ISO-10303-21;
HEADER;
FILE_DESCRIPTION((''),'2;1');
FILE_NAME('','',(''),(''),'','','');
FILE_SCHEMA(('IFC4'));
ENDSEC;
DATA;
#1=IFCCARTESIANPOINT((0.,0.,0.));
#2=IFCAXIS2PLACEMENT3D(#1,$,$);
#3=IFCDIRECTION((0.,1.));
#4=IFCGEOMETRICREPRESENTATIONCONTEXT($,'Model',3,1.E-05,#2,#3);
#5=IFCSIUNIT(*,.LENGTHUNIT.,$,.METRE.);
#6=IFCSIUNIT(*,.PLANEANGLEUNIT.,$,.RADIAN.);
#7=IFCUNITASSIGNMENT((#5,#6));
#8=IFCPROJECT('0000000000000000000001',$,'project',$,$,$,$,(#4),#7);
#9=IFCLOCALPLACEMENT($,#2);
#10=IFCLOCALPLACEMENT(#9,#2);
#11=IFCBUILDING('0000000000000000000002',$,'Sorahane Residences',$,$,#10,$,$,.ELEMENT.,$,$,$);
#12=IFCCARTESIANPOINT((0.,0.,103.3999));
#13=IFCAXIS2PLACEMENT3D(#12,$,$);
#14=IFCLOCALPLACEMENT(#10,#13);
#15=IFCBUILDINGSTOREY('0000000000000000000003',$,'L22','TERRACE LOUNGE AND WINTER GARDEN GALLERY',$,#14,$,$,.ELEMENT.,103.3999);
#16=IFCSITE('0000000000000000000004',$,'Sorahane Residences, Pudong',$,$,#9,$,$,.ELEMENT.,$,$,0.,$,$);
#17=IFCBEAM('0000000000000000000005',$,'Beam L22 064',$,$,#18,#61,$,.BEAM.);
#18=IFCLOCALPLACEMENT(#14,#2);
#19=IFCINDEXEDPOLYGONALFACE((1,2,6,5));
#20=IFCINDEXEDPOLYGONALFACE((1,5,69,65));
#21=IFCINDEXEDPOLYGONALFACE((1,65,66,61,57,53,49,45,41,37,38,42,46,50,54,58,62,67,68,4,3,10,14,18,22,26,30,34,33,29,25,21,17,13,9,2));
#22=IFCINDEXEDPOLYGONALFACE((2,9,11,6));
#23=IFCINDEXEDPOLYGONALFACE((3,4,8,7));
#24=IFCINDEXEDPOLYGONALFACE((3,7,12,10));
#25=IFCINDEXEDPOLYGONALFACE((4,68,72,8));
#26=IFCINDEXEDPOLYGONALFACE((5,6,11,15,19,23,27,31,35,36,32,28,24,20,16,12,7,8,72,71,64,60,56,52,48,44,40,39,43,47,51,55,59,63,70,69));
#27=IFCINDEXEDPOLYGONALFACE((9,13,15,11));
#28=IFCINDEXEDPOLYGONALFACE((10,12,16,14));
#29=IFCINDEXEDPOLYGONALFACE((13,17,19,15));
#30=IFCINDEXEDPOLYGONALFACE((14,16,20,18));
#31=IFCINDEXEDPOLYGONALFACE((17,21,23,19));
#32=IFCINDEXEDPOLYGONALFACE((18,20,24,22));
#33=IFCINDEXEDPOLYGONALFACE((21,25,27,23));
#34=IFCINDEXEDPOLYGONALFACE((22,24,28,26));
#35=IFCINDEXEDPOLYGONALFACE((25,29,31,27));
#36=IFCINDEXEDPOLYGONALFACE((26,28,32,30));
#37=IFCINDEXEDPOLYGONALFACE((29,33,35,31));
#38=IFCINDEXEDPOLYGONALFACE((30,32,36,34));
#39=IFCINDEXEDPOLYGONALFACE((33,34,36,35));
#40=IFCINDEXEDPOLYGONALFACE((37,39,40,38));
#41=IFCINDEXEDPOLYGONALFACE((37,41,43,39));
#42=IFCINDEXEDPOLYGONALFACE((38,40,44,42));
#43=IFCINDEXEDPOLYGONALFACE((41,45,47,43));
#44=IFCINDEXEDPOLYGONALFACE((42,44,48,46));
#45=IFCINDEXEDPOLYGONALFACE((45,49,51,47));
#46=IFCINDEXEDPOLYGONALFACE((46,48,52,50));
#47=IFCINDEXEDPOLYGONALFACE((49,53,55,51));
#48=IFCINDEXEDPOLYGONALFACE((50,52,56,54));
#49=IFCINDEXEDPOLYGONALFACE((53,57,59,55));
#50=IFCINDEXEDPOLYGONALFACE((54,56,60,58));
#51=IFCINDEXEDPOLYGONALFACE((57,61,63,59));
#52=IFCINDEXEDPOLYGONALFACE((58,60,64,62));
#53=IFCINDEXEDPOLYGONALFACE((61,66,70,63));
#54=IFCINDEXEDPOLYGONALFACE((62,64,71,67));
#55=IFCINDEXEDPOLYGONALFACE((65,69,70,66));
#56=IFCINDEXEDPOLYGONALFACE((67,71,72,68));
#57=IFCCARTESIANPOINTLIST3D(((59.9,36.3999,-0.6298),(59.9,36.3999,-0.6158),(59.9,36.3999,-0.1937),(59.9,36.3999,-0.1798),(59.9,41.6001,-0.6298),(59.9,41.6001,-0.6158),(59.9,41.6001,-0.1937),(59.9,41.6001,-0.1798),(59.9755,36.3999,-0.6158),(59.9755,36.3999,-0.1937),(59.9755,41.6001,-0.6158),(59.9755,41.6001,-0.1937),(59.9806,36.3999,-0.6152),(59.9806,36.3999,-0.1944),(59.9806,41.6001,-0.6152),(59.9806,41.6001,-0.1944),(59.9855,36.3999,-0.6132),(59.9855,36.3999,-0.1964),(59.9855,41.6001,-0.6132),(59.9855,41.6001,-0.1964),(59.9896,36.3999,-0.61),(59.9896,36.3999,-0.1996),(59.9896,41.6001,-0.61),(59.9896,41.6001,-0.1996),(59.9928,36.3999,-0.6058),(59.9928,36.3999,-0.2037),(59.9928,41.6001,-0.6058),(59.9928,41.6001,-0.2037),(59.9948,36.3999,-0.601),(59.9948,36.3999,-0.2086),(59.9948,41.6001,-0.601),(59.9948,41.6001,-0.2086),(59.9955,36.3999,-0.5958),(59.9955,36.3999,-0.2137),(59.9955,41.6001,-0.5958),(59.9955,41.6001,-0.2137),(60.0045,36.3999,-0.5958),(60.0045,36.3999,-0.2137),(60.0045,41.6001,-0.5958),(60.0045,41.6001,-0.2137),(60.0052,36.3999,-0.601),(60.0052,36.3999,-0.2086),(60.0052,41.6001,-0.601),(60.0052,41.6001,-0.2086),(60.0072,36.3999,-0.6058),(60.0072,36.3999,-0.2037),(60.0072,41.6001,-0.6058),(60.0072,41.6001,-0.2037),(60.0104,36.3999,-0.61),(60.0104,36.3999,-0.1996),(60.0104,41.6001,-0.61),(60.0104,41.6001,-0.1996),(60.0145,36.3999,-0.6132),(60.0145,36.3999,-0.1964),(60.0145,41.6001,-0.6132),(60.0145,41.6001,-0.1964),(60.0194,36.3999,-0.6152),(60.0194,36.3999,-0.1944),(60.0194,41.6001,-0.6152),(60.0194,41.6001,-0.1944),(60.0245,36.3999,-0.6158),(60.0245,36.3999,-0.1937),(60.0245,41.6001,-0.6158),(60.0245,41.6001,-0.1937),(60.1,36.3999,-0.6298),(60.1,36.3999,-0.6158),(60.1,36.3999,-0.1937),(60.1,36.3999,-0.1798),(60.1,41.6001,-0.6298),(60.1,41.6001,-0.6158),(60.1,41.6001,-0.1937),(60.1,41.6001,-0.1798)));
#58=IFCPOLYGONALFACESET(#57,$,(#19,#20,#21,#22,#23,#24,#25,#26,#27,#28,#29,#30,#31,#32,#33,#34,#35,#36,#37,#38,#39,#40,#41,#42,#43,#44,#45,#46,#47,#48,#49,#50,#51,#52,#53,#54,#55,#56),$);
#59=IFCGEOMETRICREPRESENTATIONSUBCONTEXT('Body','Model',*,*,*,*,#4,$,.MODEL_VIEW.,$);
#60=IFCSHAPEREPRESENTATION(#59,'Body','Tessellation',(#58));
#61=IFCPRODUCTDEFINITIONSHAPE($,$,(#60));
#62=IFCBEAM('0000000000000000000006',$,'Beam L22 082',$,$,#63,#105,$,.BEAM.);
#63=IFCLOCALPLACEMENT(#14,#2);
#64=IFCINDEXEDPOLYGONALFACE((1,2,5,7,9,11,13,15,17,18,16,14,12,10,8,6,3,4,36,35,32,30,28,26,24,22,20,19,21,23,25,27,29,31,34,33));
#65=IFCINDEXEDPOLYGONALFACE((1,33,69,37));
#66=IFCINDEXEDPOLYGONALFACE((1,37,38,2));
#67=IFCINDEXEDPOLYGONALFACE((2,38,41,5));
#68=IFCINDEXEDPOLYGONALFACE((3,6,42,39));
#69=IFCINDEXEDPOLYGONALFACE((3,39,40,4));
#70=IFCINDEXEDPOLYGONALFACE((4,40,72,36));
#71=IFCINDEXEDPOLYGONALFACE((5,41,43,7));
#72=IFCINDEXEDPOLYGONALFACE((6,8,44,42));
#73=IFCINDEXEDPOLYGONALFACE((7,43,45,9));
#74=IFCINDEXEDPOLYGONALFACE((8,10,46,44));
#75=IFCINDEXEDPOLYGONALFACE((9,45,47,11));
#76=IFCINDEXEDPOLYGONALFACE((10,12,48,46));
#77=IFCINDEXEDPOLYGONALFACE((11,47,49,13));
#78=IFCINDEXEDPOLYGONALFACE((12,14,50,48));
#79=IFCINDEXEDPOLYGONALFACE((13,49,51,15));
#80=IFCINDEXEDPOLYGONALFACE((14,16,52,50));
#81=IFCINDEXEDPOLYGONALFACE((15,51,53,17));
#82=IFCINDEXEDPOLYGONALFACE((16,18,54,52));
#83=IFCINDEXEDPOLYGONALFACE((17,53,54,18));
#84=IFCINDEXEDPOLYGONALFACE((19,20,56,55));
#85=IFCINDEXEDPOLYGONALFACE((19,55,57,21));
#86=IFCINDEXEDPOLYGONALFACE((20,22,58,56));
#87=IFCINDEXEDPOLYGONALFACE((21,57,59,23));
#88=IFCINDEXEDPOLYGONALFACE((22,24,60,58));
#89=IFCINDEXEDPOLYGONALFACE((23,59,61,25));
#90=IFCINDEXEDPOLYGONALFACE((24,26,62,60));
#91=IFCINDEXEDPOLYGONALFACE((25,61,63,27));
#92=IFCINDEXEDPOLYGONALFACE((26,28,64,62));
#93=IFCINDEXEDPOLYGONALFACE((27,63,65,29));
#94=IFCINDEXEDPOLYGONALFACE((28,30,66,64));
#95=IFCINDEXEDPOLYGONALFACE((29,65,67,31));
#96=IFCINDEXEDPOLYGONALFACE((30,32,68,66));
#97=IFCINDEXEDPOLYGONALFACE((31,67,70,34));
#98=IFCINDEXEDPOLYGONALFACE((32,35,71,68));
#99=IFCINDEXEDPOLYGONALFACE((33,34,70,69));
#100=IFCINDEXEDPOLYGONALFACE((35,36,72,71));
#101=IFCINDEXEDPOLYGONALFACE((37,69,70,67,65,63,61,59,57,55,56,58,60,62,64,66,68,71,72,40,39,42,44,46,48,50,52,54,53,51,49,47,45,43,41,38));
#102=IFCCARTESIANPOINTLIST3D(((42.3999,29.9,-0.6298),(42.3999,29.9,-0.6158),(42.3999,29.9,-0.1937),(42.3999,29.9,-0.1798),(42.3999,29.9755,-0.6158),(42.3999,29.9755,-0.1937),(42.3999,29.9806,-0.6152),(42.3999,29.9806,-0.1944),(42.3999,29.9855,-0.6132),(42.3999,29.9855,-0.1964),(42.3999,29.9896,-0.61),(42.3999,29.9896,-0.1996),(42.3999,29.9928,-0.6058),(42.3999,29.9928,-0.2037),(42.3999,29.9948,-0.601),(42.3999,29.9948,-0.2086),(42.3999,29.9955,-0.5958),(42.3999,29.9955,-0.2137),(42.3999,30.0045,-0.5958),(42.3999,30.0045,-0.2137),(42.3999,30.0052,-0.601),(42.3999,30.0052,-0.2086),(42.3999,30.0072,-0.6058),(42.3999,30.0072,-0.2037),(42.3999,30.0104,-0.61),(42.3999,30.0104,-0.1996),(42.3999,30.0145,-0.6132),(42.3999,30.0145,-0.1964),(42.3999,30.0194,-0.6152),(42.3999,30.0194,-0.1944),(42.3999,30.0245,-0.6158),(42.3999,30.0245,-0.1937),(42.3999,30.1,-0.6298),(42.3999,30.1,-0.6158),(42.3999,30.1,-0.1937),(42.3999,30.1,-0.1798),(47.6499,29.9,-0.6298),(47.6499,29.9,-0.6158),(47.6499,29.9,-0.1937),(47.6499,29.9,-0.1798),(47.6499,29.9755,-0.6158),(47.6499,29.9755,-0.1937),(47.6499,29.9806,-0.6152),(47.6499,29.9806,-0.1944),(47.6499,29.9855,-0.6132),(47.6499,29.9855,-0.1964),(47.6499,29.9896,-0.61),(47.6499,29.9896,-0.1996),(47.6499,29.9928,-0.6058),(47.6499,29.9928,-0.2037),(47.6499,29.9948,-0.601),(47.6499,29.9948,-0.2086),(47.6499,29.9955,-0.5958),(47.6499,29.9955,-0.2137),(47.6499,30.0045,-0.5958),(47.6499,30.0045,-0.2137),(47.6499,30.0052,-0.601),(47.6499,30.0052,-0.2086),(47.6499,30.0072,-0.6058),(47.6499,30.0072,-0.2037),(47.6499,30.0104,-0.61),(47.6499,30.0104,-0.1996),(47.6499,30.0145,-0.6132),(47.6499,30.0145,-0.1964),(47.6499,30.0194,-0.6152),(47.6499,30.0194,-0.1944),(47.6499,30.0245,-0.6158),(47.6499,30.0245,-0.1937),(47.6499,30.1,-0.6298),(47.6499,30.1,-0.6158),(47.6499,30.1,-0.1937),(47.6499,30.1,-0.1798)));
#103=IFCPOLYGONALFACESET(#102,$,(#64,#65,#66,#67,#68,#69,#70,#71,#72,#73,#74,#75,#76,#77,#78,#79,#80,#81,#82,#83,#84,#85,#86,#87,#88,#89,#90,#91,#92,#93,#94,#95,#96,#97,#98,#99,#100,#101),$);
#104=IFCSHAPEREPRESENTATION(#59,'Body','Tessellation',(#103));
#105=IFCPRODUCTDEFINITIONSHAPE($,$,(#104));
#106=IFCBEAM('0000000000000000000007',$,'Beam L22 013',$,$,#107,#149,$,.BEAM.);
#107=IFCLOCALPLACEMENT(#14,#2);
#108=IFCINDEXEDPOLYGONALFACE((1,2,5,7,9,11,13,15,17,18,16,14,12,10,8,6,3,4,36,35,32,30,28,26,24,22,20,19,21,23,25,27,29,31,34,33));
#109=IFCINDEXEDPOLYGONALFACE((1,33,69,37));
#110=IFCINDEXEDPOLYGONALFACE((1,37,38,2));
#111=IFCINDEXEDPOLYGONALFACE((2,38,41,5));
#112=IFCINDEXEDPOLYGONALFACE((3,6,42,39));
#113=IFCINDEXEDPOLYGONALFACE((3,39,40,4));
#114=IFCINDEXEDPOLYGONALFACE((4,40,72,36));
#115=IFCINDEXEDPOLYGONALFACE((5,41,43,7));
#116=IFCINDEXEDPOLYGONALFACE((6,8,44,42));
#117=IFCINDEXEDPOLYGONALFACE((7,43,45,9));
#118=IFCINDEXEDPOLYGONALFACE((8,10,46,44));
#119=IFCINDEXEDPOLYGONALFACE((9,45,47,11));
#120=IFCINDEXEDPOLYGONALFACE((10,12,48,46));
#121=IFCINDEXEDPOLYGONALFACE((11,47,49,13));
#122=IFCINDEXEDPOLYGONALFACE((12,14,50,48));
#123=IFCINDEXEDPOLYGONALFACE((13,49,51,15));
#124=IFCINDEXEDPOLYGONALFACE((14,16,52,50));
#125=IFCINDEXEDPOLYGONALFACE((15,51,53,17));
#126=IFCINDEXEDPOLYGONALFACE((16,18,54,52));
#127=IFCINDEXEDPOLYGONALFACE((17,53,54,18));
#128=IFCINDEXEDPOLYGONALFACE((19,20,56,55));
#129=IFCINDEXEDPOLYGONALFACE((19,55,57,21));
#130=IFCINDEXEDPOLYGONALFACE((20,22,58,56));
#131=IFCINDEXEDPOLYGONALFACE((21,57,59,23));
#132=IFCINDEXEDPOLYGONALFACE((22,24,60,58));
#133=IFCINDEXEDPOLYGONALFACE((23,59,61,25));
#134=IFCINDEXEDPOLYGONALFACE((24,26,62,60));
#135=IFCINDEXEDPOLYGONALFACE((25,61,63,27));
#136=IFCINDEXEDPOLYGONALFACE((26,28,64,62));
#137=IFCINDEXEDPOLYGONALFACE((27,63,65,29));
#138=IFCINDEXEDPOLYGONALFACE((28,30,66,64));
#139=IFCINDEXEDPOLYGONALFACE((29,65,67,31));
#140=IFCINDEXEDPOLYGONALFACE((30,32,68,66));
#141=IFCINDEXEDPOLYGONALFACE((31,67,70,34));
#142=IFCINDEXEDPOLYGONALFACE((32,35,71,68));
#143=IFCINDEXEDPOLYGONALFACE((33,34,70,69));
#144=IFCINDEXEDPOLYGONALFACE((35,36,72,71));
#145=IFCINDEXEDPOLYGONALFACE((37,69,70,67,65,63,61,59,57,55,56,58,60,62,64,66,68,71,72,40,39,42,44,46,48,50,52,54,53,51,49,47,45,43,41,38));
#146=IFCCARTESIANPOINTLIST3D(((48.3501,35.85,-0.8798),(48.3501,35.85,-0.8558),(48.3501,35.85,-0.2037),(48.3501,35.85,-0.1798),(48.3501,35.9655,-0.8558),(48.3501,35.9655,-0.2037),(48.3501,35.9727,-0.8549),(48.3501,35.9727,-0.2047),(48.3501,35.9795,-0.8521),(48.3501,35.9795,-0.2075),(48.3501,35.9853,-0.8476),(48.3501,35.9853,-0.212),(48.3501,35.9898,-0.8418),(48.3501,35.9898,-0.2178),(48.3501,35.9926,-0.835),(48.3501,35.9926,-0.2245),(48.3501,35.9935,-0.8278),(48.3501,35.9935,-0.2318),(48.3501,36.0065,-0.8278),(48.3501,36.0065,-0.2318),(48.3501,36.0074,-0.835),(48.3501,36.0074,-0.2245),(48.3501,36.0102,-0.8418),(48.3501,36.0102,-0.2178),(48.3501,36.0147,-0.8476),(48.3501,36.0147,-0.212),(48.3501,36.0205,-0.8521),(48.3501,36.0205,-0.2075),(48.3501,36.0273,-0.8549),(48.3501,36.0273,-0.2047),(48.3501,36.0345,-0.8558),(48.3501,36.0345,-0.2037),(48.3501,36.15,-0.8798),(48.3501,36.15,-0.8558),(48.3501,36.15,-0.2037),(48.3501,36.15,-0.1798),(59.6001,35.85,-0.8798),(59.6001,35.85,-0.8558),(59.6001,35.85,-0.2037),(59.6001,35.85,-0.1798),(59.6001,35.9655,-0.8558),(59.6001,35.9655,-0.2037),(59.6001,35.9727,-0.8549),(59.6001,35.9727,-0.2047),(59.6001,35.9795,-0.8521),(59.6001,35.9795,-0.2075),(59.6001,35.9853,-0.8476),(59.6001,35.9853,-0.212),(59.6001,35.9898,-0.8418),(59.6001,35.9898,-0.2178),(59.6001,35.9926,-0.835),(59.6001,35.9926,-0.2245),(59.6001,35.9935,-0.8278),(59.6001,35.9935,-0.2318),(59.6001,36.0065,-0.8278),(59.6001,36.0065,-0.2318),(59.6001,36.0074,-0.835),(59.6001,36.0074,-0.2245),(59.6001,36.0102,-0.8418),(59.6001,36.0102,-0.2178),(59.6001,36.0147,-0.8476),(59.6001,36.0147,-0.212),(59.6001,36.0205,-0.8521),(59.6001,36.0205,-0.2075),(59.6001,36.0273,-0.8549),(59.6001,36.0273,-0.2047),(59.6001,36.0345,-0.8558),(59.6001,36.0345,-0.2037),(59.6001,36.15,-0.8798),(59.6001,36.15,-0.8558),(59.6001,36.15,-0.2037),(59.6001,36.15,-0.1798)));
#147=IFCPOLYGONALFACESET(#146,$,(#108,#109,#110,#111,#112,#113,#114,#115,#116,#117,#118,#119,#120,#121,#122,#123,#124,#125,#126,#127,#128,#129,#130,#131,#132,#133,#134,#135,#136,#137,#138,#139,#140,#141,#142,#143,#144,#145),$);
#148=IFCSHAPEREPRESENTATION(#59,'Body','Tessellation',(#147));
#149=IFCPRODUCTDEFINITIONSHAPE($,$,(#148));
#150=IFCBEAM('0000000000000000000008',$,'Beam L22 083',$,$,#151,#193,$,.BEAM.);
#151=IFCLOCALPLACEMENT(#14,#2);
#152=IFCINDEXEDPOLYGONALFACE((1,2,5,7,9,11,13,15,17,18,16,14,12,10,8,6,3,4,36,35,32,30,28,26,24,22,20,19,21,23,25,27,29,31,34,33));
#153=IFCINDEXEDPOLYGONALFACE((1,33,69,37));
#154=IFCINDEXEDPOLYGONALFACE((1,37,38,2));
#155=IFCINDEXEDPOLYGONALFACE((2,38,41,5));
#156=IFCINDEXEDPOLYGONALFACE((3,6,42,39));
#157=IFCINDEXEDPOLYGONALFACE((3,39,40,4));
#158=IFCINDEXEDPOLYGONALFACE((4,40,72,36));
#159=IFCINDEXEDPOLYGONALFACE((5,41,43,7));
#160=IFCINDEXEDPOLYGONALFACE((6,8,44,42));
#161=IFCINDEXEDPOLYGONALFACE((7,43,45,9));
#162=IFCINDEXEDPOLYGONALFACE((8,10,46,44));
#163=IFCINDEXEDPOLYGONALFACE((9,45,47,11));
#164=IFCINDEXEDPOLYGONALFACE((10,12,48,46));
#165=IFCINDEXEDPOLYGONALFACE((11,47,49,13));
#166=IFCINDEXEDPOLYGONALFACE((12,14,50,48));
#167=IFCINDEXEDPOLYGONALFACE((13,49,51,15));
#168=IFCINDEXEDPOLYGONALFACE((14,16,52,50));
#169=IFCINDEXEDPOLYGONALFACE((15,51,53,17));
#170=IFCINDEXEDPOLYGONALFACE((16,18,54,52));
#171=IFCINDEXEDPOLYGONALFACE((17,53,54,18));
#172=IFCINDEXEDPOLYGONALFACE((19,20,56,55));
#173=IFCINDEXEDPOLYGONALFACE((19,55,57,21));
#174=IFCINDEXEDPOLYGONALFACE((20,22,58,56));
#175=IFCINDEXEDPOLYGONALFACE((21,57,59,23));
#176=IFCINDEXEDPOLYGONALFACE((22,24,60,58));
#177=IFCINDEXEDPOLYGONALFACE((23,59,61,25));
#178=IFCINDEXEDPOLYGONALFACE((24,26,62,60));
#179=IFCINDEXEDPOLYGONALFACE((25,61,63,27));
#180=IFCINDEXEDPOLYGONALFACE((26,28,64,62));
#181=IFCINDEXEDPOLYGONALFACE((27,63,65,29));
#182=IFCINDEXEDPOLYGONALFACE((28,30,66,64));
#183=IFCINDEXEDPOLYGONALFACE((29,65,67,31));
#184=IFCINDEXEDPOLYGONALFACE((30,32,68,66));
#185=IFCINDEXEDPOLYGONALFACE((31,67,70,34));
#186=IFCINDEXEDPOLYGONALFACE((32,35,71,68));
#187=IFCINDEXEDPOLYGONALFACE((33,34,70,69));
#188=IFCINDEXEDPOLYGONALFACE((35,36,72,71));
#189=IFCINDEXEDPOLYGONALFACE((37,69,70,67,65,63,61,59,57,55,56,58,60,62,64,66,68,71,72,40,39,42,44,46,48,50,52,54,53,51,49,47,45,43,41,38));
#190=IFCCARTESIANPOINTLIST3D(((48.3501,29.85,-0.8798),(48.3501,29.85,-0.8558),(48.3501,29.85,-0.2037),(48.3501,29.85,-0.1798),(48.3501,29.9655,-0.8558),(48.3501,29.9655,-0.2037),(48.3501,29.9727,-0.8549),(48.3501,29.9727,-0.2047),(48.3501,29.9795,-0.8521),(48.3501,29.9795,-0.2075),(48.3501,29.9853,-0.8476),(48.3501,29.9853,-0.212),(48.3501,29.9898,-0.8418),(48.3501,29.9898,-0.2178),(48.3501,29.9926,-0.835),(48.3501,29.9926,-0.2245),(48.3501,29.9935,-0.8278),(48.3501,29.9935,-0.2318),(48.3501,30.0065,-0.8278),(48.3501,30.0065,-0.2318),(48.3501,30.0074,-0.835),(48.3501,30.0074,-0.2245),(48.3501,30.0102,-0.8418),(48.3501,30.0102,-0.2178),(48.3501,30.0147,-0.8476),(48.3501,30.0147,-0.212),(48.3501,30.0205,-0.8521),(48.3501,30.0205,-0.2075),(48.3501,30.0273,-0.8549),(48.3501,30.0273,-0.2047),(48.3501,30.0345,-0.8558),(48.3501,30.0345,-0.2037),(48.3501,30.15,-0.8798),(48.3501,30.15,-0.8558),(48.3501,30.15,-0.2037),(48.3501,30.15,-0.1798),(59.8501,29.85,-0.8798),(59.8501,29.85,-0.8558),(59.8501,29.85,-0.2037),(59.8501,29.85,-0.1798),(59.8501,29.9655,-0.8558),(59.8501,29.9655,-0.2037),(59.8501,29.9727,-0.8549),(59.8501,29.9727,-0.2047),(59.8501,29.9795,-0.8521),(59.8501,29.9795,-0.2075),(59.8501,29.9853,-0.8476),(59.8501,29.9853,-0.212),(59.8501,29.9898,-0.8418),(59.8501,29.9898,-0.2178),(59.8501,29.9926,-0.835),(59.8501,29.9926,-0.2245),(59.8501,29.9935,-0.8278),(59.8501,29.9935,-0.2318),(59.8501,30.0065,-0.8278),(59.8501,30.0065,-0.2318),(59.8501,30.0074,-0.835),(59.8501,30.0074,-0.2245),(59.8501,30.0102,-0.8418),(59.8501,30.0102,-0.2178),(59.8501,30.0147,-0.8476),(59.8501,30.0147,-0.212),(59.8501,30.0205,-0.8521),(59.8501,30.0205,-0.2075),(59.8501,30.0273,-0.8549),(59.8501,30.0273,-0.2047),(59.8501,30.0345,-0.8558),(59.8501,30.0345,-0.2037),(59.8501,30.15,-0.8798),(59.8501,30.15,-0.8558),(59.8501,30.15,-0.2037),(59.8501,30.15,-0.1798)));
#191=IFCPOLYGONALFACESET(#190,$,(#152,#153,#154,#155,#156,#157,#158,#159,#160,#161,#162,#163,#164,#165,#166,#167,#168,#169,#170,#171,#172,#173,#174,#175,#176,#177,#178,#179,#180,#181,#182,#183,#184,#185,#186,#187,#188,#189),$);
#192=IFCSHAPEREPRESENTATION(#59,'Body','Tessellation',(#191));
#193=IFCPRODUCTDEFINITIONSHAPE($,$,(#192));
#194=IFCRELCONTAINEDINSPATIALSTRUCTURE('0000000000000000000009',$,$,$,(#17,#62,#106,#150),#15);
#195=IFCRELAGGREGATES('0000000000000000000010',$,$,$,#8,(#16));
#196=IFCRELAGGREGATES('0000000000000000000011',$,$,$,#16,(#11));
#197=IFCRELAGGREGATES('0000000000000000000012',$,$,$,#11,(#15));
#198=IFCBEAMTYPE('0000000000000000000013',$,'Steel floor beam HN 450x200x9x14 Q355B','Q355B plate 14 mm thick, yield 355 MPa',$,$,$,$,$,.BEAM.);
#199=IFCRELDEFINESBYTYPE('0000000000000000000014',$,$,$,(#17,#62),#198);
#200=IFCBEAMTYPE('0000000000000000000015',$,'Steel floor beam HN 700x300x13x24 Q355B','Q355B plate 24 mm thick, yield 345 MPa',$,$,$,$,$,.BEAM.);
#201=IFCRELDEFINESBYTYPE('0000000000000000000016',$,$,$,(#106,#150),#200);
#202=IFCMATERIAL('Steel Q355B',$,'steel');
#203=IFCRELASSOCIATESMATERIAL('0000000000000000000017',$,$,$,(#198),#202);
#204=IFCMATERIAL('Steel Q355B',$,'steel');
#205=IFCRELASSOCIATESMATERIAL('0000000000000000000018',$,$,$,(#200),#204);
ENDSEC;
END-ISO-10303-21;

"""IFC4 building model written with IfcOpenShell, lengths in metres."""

from ifc_helpers import new_model, si_unit, direction, frame, origin, origin_2d, place, context, subcontext, project, spatial, i_section, extrude, material, material_profile, profile_set, type_object, element, save


model = new_model("IFC4")

# Units and contexts
model_context = context("Model", 3, precision=1e-05, world=origin(), true_north=direction((0.0, 1.0)))
body_context = subcontext(model_context, "Body", "Model", "MODEL_VIEW")
ifc_project = project(units=[si_unit("LENGTHUNIT", "METRE"), si_unit("PLANEANGLEUNIT", "RADIAN")], contexts=[model_context])

# Site, building, storey
site_placement = place(None, origin())
site = spatial("IfcSite", under=ifc_project, at=site_placement, Name="Sorahane Residences, Pudong", CompositionType="ELEMENT", RefElevation=0.0)
building_placement = place(site_placement, origin())
building = spatial("IfcBuilding", under=site, at=building_placement, Name="Sorahane Residences", CompositionType="ELEMENT")
storey_placement = place(building_placement, frame((0.0, 0.0, 103.3999)))
storey = spatial("IfcBuildingStorey", under=building, at=storey_placement, Name="L22", Description="TERRACE LOUNGE AND WINTER GARDEN GALLERY", CompositionType="ELEMENT", Elevation=103.3999)

# Beams
ifc_material_1 = material(Name="Steel Q355B", Category="steel")
ifc_material_profile_1 = material_profile(ifc_material_1, i_section(OverallWidth=0.2, OverallDepth=0.45, WebThickness=0.009, FlangeThickness=0.0139, FilletRadius=0.02, at=origin_2d()), Name="HN 450x200x9x14")
ifc_profile_set_1 = profile_set([ifc_material_profile_1], Name="Steel Q355B")
beam_type_1 = type_object("IfcBeamType", Name="Steel floor beam HN 450x200x9x14 Q355B", Description="Q355B plate 14 mm thick, yield 355 MPa", PredefinedType="BEAM", material=ifc_profile_set_1)
beam_1_placement = place(storey_placement, frame((60.0, 36.3999, -0.4048), z_axis=(0.0, 1.0, 0.0), x_axis=(-1.0, 0.0, 0.0)))
element("IfcBeam", 1, at=beam_1_placement, inside=storey, type_object=beam_type_1, Name="Beam L22 064", PredefinedType="BEAM", context=body_context, shape_type="SweptSolid", body=[
    extrude(i_section(OverallWidth=0.2, OverallDepth=0.45, WebThickness=0.009, FlangeThickness=0.0139, FilletRadius=0.02, at=origin_2d()), origin(), (0.0, 0.0, 1.0), 5.2002),
])
beam_2_placement = place(storey_placement, frame((42.3999, 30.0, -0.4048), z_axis=(1.0, 0.0, 0.0), x_axis=(0.0, 1.0, 0.0)))
element("IfcBeam", 2, at=beam_2_placement, inside=storey, type_object=beam_type_1, Name="Beam L22 082", PredefinedType="BEAM", context=body_context, shape_type="SweptSolid", body=[
    extrude(i_section(OverallWidth=0.2, OverallDepth=0.45, WebThickness=0.009, FlangeThickness=0.0139, FilletRadius=0.02, at=origin_2d()), origin(), (0.0, 0.0, 1.0), 5.25),
])
ifc_material_2 = material(Name="Steel Q355B", Category="steel")
ifc_material_profile_2 = material_profile(ifc_material_2, i_section(OverallWidth=0.3, OverallDepth=0.7, WebThickness=0.0129, FlangeThickness=0.0239, FilletRadius=0.0281, at=origin_2d()), Name="HN 700x300x13x24")
ifc_profile_set_2 = profile_set([ifc_material_profile_2], Name="Steel Q355B")
beam_type_2 = type_object("IfcBeamType", Name="Steel floor beam HN 700x300x13x24 Q355B", Description="Q355B plate 24 mm thick, yield 345 MPa", PredefinedType="BEAM", material=ifc_profile_set_2)
beam_3_placement = place(storey_placement, frame((48.3501, 36.0, -0.5298), z_axis=(1.0, 0.0, 0.0), x_axis=(0.0, 1.0, 0.0)))
element("IfcBeam", 3, at=beam_3_placement, inside=storey, type_object=beam_type_2, Name="Beam L22 013", PredefinedType="BEAM", context=body_context, shape_type="SweptSolid", body=[
    extrude(i_section(OverallWidth=0.3, OverallDepth=0.7, WebThickness=0.0129, FlangeThickness=0.0239, FilletRadius=0.0281, at=origin_2d()), origin(), (0.0, 0.0, 1.0), 11.25),
])
beam_4_placement = place(storey_placement, frame((48.3501, 30.0, -0.5298), z_axis=(1.0, 0.0, 0.0), x_axis=(0.0, 1.0, 0.0)))
element("IfcBeam", 4, at=beam_4_placement, inside=storey, type_object=beam_type_2, Name="Beam L22 083", PredefinedType="BEAM", context=body_context, shape_type="SweptSolid", body=[
    extrude(i_section(OverallWidth=0.3, OverallDepth=0.7, WebThickness=0.0129, FlangeThickness=0.0239, FilletRadius=0.0281, at=origin_2d()), origin(), (0.0, 0.0, 1.0), 11.5),
])

save(model, "model.ifc")
